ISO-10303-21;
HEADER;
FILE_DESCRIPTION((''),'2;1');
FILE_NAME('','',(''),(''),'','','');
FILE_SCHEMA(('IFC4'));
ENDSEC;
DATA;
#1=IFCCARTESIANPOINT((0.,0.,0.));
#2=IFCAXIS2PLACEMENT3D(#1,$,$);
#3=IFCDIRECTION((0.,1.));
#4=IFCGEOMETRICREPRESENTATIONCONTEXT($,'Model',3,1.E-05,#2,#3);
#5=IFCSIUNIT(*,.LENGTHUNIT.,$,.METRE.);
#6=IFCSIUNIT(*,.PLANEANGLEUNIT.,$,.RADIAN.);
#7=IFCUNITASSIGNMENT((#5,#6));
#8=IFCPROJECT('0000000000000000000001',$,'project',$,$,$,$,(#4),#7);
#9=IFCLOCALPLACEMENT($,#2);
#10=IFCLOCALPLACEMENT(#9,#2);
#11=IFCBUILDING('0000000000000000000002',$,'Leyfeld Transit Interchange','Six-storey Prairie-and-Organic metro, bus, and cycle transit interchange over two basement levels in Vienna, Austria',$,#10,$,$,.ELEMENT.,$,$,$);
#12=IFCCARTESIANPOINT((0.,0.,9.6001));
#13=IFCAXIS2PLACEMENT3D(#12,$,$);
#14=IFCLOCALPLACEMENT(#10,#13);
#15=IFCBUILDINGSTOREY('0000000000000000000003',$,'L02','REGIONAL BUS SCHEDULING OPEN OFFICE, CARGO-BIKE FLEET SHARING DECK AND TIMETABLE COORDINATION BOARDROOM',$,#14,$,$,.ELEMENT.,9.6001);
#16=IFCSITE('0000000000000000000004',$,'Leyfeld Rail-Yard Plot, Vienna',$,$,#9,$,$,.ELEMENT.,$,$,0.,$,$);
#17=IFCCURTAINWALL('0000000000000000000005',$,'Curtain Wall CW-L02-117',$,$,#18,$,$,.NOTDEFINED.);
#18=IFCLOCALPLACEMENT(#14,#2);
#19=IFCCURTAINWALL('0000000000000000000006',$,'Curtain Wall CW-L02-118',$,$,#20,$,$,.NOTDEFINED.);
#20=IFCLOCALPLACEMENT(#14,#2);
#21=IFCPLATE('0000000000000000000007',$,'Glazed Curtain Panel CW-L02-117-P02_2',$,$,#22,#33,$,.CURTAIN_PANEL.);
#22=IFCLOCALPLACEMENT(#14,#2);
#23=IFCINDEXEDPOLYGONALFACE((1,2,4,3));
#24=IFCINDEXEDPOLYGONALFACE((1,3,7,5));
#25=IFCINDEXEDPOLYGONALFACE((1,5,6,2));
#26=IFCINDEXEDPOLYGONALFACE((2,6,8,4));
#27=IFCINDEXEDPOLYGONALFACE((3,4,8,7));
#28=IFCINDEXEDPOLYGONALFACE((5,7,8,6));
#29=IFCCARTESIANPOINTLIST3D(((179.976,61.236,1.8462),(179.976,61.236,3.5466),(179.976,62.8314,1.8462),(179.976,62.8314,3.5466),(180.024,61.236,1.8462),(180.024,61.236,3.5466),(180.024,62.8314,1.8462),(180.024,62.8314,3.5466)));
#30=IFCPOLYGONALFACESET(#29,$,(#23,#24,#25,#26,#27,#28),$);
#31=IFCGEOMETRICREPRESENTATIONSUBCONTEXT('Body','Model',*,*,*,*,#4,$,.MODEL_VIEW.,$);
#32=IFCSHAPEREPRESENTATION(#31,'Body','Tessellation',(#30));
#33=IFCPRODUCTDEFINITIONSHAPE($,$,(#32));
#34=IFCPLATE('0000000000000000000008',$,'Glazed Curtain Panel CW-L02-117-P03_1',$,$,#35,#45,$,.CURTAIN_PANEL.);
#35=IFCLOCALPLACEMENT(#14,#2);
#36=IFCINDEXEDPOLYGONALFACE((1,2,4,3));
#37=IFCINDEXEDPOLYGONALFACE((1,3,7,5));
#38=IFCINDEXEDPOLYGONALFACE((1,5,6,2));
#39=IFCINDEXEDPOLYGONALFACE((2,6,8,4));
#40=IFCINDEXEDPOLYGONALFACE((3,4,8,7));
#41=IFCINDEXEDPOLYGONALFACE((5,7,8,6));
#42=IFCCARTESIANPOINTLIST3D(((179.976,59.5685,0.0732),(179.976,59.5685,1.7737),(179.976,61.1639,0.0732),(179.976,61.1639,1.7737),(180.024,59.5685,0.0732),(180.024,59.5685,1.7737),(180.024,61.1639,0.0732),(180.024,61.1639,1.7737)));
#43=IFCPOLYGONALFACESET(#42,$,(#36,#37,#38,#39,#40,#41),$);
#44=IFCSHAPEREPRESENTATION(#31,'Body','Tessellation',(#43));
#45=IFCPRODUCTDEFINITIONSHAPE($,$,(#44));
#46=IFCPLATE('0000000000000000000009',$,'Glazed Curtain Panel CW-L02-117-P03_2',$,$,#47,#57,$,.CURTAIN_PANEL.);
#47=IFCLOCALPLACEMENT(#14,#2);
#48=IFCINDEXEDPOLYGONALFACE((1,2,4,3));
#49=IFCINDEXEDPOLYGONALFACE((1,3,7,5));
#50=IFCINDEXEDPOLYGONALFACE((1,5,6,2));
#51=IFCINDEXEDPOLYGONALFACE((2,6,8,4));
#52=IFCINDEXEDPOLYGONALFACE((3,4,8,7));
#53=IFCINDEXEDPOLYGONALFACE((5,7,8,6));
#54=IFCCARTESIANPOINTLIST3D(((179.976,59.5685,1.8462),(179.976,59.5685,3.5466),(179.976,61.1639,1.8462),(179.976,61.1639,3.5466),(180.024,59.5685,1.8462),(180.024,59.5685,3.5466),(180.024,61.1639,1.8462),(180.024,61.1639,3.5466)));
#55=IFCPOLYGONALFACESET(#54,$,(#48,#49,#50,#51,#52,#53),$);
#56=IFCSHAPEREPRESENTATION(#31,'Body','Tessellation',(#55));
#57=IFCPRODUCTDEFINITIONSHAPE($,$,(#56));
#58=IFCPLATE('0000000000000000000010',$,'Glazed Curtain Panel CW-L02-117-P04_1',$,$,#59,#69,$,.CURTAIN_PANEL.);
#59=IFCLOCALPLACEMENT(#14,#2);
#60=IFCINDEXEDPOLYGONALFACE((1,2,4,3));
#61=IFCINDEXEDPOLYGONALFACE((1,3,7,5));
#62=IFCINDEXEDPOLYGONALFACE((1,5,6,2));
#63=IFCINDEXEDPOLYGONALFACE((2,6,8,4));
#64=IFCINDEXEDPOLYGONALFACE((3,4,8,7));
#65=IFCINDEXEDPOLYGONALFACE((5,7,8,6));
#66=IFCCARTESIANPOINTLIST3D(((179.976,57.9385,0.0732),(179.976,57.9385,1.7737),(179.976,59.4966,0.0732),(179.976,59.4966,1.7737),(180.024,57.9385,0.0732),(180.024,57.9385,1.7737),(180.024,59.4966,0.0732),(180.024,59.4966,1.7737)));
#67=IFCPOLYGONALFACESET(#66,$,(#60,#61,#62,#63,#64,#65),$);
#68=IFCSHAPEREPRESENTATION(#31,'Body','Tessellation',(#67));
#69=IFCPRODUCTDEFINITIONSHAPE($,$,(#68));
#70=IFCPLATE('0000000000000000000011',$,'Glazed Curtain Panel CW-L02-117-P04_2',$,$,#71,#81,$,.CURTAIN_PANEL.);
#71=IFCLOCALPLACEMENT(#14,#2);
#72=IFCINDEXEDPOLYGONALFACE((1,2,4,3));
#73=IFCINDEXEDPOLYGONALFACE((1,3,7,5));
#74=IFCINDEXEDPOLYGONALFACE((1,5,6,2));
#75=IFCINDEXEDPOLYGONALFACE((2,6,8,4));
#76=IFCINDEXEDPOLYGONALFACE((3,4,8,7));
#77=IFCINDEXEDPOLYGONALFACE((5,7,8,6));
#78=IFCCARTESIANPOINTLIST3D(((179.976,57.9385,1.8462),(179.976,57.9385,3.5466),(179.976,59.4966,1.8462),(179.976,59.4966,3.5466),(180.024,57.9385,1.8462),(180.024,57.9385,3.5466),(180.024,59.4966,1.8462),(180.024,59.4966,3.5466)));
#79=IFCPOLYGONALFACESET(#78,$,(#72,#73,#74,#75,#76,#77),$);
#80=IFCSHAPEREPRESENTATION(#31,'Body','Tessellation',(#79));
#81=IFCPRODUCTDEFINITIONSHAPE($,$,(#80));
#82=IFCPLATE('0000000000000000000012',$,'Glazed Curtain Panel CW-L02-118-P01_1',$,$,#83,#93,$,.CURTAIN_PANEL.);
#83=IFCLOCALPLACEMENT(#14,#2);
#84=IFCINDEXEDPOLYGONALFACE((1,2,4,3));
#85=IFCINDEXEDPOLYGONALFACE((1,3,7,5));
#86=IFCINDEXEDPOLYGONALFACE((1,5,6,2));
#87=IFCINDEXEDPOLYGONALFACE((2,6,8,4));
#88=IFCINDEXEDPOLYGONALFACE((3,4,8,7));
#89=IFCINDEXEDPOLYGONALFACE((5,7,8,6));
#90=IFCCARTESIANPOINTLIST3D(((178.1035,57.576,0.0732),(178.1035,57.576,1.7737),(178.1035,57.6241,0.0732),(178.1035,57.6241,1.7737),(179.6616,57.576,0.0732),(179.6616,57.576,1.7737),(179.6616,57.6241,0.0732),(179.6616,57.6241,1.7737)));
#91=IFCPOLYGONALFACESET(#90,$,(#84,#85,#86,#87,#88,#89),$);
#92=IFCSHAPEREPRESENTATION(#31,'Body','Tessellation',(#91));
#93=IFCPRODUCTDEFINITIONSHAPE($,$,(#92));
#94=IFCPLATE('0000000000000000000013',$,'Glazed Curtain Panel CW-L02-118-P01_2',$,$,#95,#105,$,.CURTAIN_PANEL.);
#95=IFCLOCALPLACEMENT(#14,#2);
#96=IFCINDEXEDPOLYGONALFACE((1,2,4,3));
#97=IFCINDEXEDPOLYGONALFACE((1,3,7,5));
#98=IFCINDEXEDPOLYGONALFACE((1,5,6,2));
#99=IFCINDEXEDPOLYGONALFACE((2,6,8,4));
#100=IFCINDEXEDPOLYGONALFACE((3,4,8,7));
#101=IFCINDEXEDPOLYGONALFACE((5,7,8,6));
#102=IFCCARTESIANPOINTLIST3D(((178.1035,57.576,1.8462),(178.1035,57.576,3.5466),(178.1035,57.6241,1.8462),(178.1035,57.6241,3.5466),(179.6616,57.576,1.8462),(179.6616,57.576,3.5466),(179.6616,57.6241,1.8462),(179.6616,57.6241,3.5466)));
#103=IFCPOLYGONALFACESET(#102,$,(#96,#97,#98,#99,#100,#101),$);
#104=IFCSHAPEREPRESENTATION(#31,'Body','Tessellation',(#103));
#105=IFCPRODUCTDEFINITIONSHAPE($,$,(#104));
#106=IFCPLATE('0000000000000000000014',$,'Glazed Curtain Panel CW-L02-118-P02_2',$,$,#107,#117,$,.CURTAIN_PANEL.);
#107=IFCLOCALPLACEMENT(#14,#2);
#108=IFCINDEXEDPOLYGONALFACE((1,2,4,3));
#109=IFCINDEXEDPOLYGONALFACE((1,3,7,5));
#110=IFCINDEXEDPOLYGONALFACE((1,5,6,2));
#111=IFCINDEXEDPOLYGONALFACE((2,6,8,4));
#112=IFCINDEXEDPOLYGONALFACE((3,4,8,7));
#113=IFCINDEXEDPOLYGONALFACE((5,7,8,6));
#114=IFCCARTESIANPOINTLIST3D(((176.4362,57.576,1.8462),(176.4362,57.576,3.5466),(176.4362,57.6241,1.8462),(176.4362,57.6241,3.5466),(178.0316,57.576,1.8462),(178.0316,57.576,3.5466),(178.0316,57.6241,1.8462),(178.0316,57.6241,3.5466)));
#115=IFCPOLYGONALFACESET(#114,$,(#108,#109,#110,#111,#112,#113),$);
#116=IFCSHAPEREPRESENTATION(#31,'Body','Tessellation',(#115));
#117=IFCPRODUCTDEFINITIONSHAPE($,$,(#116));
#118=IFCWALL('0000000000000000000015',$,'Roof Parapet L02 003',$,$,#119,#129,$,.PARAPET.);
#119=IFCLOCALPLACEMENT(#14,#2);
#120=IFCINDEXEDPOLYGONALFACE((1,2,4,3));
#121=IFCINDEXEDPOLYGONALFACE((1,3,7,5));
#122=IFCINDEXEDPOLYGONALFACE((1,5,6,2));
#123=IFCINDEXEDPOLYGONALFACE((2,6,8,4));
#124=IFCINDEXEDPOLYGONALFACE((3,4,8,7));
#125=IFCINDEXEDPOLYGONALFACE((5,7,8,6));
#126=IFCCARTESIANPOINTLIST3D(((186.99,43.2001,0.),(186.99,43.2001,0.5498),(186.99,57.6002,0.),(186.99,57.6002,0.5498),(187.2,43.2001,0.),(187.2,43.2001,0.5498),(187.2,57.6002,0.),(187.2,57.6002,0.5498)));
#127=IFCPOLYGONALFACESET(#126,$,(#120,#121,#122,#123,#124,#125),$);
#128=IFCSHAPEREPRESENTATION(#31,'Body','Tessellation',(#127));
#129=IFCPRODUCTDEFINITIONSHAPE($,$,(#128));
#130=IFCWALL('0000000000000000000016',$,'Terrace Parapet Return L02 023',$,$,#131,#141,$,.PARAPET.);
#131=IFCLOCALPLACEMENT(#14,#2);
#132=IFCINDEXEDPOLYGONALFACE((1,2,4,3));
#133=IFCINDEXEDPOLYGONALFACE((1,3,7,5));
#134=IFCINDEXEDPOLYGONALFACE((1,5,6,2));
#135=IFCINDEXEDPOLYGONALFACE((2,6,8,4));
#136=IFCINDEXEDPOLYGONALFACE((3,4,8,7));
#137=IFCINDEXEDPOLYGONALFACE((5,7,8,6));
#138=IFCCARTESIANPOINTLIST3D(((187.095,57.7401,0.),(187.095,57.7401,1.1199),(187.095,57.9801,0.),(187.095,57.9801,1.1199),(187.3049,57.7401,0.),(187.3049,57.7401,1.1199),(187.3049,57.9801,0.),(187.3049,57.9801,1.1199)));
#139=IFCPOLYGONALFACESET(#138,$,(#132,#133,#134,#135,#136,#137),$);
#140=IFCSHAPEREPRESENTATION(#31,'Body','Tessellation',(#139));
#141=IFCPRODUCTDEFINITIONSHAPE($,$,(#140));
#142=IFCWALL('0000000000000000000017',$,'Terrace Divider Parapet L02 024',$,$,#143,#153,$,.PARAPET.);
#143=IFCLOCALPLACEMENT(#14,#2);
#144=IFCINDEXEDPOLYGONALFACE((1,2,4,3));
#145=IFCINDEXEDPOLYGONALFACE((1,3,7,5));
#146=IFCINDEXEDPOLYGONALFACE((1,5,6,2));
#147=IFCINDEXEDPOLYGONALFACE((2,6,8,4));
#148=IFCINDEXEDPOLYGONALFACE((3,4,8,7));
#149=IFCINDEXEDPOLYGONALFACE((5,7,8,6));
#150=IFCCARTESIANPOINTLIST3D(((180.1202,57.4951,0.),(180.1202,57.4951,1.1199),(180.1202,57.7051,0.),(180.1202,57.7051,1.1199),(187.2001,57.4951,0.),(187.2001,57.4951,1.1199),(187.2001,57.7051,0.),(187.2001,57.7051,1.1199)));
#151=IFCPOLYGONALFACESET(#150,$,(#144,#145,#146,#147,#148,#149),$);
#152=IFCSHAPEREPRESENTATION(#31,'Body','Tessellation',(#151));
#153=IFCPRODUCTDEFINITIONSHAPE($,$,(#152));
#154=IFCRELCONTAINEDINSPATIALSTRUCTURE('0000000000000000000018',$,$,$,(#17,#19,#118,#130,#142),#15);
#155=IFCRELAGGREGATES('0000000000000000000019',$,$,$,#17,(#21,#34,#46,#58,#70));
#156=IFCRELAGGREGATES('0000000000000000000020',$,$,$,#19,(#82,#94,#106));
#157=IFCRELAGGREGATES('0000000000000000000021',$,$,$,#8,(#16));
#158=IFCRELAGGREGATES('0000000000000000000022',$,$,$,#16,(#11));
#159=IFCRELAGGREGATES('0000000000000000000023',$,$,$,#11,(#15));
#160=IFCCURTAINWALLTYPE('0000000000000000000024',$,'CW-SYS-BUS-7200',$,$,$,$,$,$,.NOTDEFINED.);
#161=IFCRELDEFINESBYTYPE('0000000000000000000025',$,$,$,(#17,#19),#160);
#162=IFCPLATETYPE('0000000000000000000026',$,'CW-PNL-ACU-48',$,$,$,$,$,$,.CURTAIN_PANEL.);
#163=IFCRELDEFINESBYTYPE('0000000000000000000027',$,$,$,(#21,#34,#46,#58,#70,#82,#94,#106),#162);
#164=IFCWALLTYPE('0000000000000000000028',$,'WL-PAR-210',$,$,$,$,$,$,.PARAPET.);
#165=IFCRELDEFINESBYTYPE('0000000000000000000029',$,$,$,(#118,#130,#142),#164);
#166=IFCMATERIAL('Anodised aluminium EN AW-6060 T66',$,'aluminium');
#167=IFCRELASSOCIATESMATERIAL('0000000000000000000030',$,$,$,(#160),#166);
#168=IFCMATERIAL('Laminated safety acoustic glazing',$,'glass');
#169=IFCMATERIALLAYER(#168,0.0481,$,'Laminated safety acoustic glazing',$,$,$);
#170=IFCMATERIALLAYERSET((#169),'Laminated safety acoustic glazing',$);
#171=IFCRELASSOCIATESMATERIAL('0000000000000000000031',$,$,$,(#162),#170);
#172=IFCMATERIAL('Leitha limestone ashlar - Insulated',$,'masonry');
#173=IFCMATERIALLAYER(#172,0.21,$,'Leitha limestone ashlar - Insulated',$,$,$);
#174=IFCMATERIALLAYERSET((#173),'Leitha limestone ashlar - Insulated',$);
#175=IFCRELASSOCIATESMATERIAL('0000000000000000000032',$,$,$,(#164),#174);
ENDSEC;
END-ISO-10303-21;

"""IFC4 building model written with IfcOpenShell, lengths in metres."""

from ifc_helpers import new_model, si_unit, direction, frame, frame_2d, origin, origin_2d, place, context, subcontext, project, spatial, rectangle, extrude, material, layer, layer_set, type_object, element, aggregate, save


model = new_model("IFC4")

# Units and contexts
model_context = context("Model", 3, precision=1e-05, world=origin(), true_north=direction((0.0, 1.0)))
body_context = subcontext(model_context, "Body", "Model", "MODEL_VIEW")
ifc_project = project(units=[si_unit("LENGTHUNIT", "METRE"), si_unit("PLANEANGLEUNIT", "RADIAN")], contexts=[model_context])

# Site, building, storey
site_placement = place(None, origin())
site = spatial("IfcSite", under=ifc_project, at=site_placement, Name="Leyfeld Rail-Yard Plot, Vienna", CompositionType="ELEMENT", RefElevation=0.0)
building_placement = place(site_placement, origin())
building = spatial("IfcBuilding", under=site, at=building_placement, Name="Leyfeld Transit Interchange", Description="Six-storey Prairie-and-Organic metro, bus, and cycle transit interchange over two basement levels in Vienna, Austria", CompositionType="ELEMENT")
storey_placement = place(building_placement, frame((0.0, 0.0, 9.6001)))
storey = spatial("IfcBuildingStorey", under=building, at=storey_placement, Name="L02", Description="REGIONAL BUS SCHEDULING OPEN OFFICE, CARGO-BIKE FLEET SHARING DECK AND TIMETABLE COORDINATION BOARDROOM", CompositionType="ELEMENT", Elevation=9.6001)

# Curtain walls
ifc_material_1 = material(Name="Anodised aluminium EN AW-6060 T66", Category="aluminium")
curtain_wall_type = type_object("IfcCurtainWallType", Name="CW-SYS-BUS-7200", PredefinedType="NOTDEFINED", material=ifc_material_1)
curtain_wall_1_placement = place(storey_placement, origin())
curtain_wall_1 = element("IfcCurtainWall", 1, at=curtain_wall_1_placement, inside=storey, type_object=curtain_wall_type, Name="Curtain Wall CW-L02-117", PredefinedType="NOTDEFINED")
curtain_wall_2_placement = place(storey_placement, origin())
curtain_wall_2 = element("IfcCurtainWall", 2, at=curtain_wall_2_placement, inside=storey, type_object=curtain_wall_type, Name="Curtain Wall CW-L02-118", PredefinedType="NOTDEFINED")

# Plates
ifc_material_2 = material(Name="Laminated safety acoustic glazing", Category="glass")
ifc_layer_1 = layer(ifc_material_2, 0.0481, Name="Laminated safety acoustic glazing")
ifc_layer_set_1 = layer_set([ifc_layer_1], Name="Laminated safety acoustic glazing")
plate_type = type_object("IfcPlateType", Name="CW-PNL-ACU-48", PredefinedType="CURTAIN_PANEL", material=ifc_layer_set_1)
plate_1_placement = place(storey_placement, frame((180.0, 62.0337, 1.8462), z_axis=(0.0, 0.0, 1.0), x_axis=(0.0, -1.0, 0.0)))
plate_1 = element("IfcPlate", 3, at=plate_1_placement, type_object=plate_type, Name="Glazed Curtain Panel CW-L02-117-P02_2", PredefinedType="CURTAIN_PANEL", context=body_context, shape_type="SweptSolid", body=[
    extrude(rectangle(XDim=1.5955, YDim=0.0481, at=origin_2d()), origin(), (0.0, 0.0, 1.0), 1.7004),
])
plate_2_placement = place(storey_placement, frame((180.0, 60.3662, 0.0732), z_axis=(0.0, 0.0, 1.0), x_axis=(0.0, -1.0, 0.0)))
plate_2 = element("IfcPlate", 4, at=plate_2_placement, type_object=plate_type, Name="Glazed Curtain Panel CW-L02-117-P03_1", PredefinedType="CURTAIN_PANEL", context=body_context, shape_type="SweptSolid", body=[
    extrude(rectangle(XDim=1.5955, YDim=0.0481, at=origin_2d()), origin(), (0.0, 0.0, 1.0), 1.7004),
])
plate_3_placement = place(storey_placement, frame((180.0, 60.3662, 1.8462), z_axis=(0.0, 0.0, 1.0), x_axis=(0.0, -1.0, 0.0)))
plate_3 = element("IfcPlate", 5, at=plate_3_placement, type_object=plate_type, Name="Glazed Curtain Panel CW-L02-117-P03_2", PredefinedType="CURTAIN_PANEL", context=body_context, shape_type="SweptSolid", body=[
    extrude(rectangle(XDim=1.5955, YDim=0.0481, at=origin_2d()), origin(), (0.0, 0.0, 1.0), 1.7004),
])
plate_4_placement = place(storey_placement, frame((180.0, 58.7175, 0.0732), z_axis=(0.0, 0.0, 1.0), x_axis=(0.0, -1.0, 0.0)))
plate_4 = element("IfcPlate", 6, at=plate_4_placement, type_object=plate_type, Name="Glazed Curtain Panel CW-L02-117-P04_1", PredefinedType="CURTAIN_PANEL", context=body_context, shape_type="SweptSolid", body=[
    extrude(rectangle(XDim=1.5581, YDim=0.0481, at=origin_2d()), origin(), (0.0, 0.0, 1.0), 1.7004),
])
plate_5_placement = place(storey_placement, frame((180.0, 58.7175, 1.8462), z_axis=(0.0, 0.0, 1.0), x_axis=(0.0, -1.0, 0.0)))
plate_5 = element("IfcPlate", 7, at=plate_5_placement, type_object=plate_type, Name="Glazed Curtain Panel CW-L02-117-P04_2", PredefinedType="CURTAIN_PANEL", context=body_context, shape_type="SweptSolid", body=[
    extrude(rectangle(XDim=1.5581, YDim=0.0481, at=origin_2d()), origin(), (0.0, 0.0, 1.0), 1.7004),
])
aggregate(curtain_wall_1, [plate_1, plate_2, plate_3, plate_4, plate_5])
plate_6_placement = place(storey_placement, frame((178.8826, 57.6001, 0.0732), z_axis=(0.0, 0.0, 1.0), x_axis=(-1.0, 0.0, 0.0)))
plate_6 = element("IfcPlate", 8, at=plate_6_placement, type_object=plate_type, Name="Glazed Curtain Panel CW-L02-118-P01_1", PredefinedType="CURTAIN_PANEL", context=body_context, shape_type="SweptSolid", body=[
    extrude(rectangle(XDim=1.5581, YDim=0.0481, at=origin_2d()), origin(), (0.0, 0.0, 1.0), 1.7004),
])
plate_7_placement = place(storey_placement, frame((178.8826, 57.6001, 1.8462), z_axis=(0.0, 0.0, 1.0), x_axis=(-1.0, 0.0, 0.0)))
plate_7 = element("IfcPlate", 9, at=plate_7_placement, type_object=plate_type, Name="Glazed Curtain Panel CW-L02-118-P01_2", PredefinedType="CURTAIN_PANEL", context=body_context, shape_type="SweptSolid", body=[
    extrude(rectangle(XDim=1.5581, YDim=0.0481, at=origin_2d()), origin(), (0.0, 0.0, 1.0), 1.7004),
])
plate_8_placement = place(storey_placement, frame((177.2339, 57.6001, 1.8462), z_axis=(0.0, 0.0, 1.0), x_axis=(-1.0, 0.0, 0.0)))
plate_8 = element("IfcPlate", 10, at=plate_8_placement, type_object=plate_type, Name="Glazed Curtain Panel CW-L02-118-P02_2", PredefinedType="CURTAIN_PANEL", context=body_context, shape_type="SweptSolid", body=[
    extrude(rectangle(XDim=1.5955, YDim=0.0481, at=origin_2d()), origin(), (0.0, 0.0, 1.0), 1.7004),
])
aggregate(curtain_wall_2, [plate_6, plate_7, plate_8])

# Walls
ifc_material_3 = material(Name="Leitha limestone ashlar - Insulated", Category="masonry")
ifc_layer_2 = layer(ifc_material_3, 0.21, Name="Leitha limestone ashlar - Insulated")
ifc_layer_set_2 = layer_set([ifc_layer_2], Name="Leitha limestone ashlar - Insulated")
wall_type = type_object("IfcWallType", Name="WL-PAR-210", PredefinedType="PARAPET", material=ifc_layer_set_2)
wall_1_placement = place(storey_placement, frame((187.095, 43.2, 0.0), z_axis=(0.0, 0.0, 1.0), x_axis=(0.0, 1.0, 0.0)))
element("IfcWall", 11, at=wall_1_placement, inside=storey, type_object=wall_type, Name="Roof Parapet L02 003", PredefinedType="PARAPET", context=body_context, shape_type="SweptSolid", body=[
    extrude(rectangle(XDim=14.4001, YDim=0.21, at=frame_2d((7.2002, 0.0))), origin(), (0.0, 0.0, 1.0), 0.5498),
])
wall_2_placement = place(storey_placement, frame((187.2, 57.74, 0.0), z_axis=(0.0, 0.0, 1.0), x_axis=(0.0, 1.0, 0.0)))
element("IfcWall", 12, at=wall_2_placement, inside=storey, type_object=wall_type, Name="Terrace Parapet Return L02 023", PredefinedType="PARAPET", context=body_context, shape_type="SweptSolid", body=[
    extrude(rectangle(XDim=0.24, YDim=0.21, at=frame_2d((0.1201, 0.0))), origin(), (0.0, 0.0, 1.0), 1.1199),
])
wall_3_placement = place(storey_placement, frame((180.1201, 57.6001, 0.0), z_axis=(0.0, 0.0, 1.0), x_axis=(1.0, 0.0, 0.0)))
element("IfcWall", 13, at=wall_3_placement, inside=storey, type_object=wall_type, Name="Terrace Divider Parapet L02 024", PredefinedType="PARAPET", context=body_context, shape_type="SweptSolid", body=[
    extrude(rectangle(XDim=7.0798, YDim=0.21, at=frame_2d((3.54, 0.0))), origin(), (0.0, 0.0, 1.0), 1.1199),
])

save(model, "model.ifc")
